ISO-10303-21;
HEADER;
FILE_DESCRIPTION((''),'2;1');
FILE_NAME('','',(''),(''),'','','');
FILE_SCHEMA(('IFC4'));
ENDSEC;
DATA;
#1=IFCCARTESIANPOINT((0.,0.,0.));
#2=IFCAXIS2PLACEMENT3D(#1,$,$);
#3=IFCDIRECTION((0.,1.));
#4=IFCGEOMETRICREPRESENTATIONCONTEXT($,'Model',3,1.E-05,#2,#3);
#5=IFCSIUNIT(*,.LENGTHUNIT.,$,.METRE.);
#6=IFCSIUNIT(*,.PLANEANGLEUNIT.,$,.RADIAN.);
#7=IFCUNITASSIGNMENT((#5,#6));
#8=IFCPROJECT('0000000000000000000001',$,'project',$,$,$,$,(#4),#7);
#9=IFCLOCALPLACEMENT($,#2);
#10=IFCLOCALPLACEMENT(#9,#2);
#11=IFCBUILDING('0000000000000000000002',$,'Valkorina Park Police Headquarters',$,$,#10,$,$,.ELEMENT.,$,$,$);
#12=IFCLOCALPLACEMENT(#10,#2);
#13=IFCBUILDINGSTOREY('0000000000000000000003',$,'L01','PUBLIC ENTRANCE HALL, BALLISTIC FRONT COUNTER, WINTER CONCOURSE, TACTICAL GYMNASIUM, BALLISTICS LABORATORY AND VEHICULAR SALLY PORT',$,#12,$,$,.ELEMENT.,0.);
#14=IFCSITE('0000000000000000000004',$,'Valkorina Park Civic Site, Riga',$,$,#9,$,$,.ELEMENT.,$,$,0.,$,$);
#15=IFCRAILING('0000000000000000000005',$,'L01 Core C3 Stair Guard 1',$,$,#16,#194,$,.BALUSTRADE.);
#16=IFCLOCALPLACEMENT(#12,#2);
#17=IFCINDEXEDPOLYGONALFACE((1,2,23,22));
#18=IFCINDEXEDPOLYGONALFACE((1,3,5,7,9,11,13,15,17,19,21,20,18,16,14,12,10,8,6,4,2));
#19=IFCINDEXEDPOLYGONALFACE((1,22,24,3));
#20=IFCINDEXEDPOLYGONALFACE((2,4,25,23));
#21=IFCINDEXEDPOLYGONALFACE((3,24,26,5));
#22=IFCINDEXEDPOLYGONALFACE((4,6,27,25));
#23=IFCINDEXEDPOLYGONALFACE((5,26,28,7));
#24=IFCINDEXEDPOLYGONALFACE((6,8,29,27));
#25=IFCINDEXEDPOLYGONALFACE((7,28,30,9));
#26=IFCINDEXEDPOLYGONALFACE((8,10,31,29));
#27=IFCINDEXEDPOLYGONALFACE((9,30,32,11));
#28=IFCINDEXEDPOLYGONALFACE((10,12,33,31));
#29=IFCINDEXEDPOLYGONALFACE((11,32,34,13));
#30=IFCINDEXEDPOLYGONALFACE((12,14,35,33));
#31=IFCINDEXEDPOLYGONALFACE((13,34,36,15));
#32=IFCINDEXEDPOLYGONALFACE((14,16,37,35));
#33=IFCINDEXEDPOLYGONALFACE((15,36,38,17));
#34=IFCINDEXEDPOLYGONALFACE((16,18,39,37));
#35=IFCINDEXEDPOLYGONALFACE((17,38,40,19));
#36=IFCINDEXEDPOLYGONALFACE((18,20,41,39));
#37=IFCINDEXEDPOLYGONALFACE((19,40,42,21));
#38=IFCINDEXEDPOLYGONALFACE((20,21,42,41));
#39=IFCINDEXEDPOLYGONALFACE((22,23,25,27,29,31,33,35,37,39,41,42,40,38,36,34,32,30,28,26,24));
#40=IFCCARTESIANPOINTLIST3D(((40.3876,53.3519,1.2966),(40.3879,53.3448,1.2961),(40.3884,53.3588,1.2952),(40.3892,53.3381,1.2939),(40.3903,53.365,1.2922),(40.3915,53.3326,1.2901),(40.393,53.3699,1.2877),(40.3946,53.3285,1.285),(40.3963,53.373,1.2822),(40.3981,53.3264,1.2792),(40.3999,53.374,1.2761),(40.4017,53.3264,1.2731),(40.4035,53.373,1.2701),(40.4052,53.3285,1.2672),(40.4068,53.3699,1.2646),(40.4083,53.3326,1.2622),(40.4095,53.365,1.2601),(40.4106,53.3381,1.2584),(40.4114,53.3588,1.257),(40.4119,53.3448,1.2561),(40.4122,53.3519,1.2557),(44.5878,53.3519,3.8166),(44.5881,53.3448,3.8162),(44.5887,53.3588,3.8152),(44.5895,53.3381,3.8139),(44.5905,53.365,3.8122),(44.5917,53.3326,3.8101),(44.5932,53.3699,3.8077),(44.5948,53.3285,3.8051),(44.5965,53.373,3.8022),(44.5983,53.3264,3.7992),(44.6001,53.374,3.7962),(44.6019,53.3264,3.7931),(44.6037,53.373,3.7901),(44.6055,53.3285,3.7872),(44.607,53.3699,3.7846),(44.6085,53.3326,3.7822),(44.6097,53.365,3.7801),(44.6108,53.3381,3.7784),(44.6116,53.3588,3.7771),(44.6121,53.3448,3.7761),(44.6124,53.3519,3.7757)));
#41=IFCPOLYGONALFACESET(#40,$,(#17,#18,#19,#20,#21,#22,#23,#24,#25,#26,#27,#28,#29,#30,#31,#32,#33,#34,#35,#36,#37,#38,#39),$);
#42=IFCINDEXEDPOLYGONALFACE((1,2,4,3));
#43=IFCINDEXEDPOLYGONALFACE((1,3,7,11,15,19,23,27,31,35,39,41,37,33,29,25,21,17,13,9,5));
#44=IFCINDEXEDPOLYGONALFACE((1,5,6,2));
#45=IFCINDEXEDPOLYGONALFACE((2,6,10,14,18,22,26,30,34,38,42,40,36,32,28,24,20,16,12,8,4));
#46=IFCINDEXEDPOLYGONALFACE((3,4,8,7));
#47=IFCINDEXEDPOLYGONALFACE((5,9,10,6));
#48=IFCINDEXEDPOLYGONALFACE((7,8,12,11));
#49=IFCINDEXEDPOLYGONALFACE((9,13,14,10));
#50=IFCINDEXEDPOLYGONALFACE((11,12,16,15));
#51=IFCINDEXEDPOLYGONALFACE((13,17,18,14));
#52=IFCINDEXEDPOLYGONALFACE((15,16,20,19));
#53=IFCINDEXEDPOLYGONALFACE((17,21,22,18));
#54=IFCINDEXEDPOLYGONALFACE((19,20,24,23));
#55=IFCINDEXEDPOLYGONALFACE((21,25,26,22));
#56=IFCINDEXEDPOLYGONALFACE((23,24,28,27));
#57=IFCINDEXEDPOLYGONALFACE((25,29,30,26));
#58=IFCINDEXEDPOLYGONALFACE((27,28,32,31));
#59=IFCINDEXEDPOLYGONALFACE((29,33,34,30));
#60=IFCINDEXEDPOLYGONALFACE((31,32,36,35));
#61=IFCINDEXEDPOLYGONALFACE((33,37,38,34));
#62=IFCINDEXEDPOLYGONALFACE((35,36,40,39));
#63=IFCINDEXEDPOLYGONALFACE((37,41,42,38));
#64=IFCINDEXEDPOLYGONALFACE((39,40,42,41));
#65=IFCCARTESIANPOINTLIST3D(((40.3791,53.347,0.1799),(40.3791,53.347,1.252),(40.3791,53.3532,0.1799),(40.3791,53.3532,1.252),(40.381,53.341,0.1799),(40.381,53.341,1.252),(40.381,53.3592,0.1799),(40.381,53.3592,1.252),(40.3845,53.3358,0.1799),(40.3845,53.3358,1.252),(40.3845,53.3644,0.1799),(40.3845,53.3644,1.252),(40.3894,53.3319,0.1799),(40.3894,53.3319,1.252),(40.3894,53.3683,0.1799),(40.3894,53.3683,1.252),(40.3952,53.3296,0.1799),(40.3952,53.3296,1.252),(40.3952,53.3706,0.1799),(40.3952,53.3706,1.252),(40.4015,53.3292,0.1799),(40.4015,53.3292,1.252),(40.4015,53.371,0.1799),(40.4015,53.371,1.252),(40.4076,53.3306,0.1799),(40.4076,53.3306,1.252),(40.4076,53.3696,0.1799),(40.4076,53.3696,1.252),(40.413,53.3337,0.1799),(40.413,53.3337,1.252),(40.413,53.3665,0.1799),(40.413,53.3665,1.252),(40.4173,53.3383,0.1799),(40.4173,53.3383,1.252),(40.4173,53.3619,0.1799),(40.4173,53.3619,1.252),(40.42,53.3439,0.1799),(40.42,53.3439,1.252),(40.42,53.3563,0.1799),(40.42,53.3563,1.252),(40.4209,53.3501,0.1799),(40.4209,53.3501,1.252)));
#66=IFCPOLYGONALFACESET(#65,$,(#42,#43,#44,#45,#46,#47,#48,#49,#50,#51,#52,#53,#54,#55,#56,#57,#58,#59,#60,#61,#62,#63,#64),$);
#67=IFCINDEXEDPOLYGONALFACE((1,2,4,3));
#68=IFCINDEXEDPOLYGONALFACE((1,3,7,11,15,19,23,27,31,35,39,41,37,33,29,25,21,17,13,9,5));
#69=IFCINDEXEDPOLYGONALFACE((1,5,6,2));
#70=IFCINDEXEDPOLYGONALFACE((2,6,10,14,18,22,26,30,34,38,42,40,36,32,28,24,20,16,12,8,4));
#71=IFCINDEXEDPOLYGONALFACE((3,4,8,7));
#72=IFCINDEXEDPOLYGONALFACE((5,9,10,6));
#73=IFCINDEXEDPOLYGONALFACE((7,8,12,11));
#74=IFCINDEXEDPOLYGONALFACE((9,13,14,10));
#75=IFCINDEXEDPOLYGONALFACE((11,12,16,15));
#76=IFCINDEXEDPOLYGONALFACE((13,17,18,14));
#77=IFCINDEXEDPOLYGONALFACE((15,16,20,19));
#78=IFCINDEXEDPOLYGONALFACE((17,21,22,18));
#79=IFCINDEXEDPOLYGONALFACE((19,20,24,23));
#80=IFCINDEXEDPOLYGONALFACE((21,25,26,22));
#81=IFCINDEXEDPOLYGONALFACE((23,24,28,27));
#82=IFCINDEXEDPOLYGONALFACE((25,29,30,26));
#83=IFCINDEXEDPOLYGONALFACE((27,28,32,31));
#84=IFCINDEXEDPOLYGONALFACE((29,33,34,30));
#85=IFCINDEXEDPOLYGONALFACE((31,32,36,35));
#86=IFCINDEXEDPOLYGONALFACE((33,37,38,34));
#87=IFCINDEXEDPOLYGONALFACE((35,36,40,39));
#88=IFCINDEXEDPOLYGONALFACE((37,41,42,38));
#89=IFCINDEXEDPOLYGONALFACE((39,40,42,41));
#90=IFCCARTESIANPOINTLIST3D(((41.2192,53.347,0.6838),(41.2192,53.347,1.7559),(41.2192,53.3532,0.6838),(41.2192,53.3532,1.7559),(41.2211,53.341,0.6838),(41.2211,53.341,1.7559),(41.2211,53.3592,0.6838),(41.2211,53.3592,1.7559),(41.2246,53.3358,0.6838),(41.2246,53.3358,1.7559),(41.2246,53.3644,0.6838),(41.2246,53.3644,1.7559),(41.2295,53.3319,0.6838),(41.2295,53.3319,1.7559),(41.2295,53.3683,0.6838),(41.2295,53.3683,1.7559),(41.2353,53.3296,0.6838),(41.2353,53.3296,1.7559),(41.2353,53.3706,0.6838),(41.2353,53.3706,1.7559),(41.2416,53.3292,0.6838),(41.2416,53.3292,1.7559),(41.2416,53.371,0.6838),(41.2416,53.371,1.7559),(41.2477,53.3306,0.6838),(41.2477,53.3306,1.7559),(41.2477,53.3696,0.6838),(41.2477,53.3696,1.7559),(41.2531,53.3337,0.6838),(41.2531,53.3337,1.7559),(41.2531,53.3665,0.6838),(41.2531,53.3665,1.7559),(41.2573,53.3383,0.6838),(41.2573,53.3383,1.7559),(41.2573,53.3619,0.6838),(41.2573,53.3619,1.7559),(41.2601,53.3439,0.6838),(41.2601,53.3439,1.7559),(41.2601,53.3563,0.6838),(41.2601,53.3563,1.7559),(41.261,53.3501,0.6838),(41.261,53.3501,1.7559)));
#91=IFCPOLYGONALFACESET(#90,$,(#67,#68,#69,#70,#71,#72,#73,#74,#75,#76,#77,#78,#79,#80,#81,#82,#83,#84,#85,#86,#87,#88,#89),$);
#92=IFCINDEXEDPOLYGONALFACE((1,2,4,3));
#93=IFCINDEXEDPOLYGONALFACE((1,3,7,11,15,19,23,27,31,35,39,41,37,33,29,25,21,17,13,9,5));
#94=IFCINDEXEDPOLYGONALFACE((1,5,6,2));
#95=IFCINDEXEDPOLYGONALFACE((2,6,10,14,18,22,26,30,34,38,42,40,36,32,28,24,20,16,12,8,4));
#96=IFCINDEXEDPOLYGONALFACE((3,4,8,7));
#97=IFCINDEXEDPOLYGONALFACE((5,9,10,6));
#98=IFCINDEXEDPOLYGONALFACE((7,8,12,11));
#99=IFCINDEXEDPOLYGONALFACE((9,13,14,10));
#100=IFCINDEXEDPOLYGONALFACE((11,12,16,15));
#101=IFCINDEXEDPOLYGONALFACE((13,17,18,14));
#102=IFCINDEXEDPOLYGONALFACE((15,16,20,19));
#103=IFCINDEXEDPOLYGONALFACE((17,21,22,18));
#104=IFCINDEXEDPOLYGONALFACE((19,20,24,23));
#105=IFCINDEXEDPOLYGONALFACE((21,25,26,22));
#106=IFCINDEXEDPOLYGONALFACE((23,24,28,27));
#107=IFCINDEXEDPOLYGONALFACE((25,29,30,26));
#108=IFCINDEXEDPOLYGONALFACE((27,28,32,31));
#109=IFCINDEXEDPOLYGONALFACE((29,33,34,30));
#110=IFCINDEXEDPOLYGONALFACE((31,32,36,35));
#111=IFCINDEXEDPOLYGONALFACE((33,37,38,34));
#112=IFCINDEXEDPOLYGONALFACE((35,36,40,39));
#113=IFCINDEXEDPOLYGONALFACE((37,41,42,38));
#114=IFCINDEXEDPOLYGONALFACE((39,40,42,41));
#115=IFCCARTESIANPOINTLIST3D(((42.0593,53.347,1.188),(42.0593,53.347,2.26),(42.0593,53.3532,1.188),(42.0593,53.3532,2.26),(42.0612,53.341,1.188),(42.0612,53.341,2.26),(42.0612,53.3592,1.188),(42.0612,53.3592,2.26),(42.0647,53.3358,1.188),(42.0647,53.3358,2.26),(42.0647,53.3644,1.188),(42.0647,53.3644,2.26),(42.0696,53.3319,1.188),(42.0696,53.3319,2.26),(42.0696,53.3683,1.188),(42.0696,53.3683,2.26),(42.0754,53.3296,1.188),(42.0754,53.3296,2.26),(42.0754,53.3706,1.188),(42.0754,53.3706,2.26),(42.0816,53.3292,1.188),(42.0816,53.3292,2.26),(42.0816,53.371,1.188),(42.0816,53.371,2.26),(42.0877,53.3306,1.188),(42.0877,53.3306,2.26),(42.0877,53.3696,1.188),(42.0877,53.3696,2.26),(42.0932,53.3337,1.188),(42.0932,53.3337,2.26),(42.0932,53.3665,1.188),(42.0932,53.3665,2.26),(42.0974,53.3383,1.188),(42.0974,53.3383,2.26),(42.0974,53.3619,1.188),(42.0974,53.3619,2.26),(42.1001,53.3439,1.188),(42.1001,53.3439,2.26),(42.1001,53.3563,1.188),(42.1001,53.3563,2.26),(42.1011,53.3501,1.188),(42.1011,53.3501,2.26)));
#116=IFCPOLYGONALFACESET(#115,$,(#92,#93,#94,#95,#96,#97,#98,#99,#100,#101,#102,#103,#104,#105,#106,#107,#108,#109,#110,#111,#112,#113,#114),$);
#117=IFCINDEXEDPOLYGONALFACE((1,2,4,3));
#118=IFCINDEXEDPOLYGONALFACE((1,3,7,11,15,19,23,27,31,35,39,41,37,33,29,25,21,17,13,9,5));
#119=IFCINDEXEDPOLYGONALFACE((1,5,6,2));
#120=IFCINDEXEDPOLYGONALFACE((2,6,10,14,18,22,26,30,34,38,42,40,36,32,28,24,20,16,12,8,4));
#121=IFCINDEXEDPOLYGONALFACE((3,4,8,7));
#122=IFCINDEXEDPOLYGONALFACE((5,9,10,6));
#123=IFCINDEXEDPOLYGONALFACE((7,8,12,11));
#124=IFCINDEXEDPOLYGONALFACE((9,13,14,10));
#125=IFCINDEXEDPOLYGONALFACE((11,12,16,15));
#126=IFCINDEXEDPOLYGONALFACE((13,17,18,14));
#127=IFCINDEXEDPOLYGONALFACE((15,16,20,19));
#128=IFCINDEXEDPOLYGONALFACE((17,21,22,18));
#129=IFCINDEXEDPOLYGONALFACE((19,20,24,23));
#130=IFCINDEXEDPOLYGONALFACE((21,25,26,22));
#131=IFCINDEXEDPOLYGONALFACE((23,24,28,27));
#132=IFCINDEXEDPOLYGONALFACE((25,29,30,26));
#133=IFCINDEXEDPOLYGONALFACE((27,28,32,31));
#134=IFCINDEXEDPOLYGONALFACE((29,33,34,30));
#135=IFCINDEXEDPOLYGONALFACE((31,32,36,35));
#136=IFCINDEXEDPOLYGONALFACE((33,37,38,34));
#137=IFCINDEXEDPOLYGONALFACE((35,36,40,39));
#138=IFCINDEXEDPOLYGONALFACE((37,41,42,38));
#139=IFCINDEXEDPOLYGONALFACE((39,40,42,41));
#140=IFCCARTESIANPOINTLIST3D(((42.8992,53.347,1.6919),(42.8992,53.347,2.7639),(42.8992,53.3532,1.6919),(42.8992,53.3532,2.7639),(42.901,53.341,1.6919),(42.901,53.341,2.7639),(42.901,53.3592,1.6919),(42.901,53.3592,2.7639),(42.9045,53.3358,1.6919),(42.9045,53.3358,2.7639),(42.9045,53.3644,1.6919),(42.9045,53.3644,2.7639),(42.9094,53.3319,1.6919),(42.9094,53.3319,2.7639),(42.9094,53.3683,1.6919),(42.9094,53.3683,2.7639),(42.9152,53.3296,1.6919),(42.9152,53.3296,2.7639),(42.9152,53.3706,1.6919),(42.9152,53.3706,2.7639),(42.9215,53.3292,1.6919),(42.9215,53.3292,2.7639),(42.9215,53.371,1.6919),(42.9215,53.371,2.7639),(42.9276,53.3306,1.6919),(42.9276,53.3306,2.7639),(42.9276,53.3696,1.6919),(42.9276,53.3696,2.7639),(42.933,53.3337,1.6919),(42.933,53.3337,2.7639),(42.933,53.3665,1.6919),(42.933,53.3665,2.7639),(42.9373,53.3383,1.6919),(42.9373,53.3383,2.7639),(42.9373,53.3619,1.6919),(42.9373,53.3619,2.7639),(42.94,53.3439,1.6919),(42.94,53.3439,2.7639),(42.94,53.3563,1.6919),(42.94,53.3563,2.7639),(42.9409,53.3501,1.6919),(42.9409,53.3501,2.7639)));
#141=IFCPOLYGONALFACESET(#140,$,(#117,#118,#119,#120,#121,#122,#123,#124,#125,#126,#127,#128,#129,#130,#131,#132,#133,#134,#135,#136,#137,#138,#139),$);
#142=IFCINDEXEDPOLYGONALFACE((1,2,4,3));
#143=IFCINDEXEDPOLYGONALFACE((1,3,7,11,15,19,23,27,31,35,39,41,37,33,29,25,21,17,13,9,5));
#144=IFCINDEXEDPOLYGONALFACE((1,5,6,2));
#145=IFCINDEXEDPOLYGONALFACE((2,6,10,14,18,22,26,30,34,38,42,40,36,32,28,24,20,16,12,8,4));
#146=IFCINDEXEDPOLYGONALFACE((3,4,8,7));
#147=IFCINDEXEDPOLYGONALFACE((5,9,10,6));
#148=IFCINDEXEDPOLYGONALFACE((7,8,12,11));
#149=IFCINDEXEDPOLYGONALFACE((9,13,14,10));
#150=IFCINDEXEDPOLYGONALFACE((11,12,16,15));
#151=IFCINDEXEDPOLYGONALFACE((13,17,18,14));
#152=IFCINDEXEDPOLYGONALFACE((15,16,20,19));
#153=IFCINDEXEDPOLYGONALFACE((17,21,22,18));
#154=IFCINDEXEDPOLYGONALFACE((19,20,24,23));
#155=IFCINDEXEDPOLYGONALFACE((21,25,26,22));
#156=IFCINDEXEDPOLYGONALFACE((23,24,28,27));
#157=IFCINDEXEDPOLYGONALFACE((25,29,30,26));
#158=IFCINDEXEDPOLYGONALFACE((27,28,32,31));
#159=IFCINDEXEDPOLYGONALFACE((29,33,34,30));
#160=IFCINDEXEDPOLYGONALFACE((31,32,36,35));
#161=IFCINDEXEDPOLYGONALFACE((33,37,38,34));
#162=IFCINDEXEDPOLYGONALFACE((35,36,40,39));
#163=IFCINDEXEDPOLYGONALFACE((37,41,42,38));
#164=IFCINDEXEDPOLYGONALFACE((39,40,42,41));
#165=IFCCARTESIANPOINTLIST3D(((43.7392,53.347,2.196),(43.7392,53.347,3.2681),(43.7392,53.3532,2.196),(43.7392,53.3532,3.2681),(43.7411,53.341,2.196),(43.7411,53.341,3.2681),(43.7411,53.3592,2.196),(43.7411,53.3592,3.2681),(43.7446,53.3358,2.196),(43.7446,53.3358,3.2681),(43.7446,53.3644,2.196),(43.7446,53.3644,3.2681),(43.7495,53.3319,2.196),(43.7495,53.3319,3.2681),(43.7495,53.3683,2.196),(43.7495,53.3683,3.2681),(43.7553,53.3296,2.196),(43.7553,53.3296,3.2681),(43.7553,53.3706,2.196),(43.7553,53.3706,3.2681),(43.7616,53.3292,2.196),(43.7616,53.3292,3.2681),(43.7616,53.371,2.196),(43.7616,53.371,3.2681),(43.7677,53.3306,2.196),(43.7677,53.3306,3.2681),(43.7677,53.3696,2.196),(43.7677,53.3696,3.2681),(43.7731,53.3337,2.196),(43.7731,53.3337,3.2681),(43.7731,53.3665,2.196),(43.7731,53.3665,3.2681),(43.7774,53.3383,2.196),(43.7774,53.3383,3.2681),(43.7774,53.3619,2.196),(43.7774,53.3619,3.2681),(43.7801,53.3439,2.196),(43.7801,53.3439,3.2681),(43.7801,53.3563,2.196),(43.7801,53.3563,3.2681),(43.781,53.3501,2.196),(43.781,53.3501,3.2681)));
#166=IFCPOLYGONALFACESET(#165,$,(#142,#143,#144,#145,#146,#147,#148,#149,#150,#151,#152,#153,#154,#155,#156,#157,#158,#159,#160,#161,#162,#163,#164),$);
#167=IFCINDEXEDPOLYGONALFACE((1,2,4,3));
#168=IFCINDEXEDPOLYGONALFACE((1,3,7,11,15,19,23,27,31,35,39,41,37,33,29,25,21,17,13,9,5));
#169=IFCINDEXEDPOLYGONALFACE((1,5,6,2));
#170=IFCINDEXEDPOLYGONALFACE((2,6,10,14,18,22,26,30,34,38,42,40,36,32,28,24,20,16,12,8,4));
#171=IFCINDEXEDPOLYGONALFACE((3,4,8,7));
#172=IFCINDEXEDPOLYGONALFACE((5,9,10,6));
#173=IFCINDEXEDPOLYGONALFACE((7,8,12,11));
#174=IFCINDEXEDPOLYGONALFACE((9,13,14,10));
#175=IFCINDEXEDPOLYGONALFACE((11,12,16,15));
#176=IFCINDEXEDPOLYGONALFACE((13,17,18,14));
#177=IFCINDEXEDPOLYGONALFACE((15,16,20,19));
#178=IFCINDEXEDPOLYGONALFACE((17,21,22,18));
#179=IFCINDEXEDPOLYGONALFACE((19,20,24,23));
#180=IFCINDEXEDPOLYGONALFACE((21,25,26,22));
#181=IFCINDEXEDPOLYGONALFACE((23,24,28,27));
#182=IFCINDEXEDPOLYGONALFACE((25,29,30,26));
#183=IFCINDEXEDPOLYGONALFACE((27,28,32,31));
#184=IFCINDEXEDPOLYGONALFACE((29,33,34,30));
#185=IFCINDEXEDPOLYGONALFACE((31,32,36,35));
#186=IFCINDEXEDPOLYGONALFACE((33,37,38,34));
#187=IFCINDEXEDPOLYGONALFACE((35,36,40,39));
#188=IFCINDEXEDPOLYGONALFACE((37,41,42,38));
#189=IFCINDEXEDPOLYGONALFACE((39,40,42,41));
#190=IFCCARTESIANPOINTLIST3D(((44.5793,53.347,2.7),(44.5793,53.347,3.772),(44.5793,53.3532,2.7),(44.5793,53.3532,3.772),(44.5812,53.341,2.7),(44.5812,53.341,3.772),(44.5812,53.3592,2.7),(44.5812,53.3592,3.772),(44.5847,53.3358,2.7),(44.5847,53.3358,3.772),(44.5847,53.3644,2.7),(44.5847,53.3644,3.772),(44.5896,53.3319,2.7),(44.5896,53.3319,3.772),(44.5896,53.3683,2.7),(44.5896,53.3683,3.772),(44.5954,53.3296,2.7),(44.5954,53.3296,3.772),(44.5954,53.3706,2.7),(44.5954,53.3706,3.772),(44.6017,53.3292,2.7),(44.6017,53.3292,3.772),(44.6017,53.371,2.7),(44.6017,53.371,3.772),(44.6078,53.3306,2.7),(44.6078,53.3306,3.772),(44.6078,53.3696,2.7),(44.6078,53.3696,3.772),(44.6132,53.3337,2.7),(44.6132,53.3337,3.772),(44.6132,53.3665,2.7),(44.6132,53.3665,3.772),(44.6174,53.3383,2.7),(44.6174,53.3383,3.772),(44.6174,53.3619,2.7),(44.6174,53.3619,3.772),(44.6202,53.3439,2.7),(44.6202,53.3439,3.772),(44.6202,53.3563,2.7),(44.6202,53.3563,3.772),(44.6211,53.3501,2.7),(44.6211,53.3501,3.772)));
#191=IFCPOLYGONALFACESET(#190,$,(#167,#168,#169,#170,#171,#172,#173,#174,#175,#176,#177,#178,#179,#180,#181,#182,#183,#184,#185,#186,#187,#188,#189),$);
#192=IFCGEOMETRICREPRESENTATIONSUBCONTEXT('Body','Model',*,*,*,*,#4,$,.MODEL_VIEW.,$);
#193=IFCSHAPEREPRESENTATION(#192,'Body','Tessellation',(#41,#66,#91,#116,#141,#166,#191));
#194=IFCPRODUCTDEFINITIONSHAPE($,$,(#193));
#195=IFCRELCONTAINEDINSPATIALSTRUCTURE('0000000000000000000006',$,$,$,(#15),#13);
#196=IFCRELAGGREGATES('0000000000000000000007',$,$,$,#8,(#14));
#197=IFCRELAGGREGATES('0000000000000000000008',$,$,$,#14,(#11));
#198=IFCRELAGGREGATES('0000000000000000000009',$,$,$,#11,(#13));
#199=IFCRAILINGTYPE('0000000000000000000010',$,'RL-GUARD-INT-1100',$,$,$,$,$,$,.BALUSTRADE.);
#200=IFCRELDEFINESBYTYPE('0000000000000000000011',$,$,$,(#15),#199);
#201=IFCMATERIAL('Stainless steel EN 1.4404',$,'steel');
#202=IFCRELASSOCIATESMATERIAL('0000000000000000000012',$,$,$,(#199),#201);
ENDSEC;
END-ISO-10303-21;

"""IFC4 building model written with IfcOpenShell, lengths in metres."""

from ifc_helpers import new_model, si_unit, direction, frame, origin, origin_2d, place, context, subcontext, project, spatial, circle, extrude, material, type_object, element, save


model = new_model("IFC4")

# Units and contexts
model_context = context("Model", 3, precision=1e-05, world=origin(), true_north=direction((0.0, 1.0)))
body_context = subcontext(model_context, "Body", "Model", "MODEL_VIEW")
ifc_project = project(units=[si_unit("LENGTHUNIT", "METRE"), si_unit("PLANEANGLEUNIT", "RADIAN")], contexts=[model_context])

# Site, building, storey
site_placement = place(None, origin())
site = spatial("IfcSite", under=ifc_project, at=site_placement, Name="Valkorina Park Civic Site, Riga", CompositionType="ELEMENT", RefElevation=0.0)
building_placement = place(site_placement, origin())
building = spatial("IfcBuilding", under=site, at=building_placement, Name="Valkorina Park Police Headquarters", CompositionType="ELEMENT")
storey_placement = place(building_placement, origin())
storey = spatial("IfcBuildingStorey", under=building, at=storey_placement, Name="L01", Description="PUBLIC ENTRANCE HALL, BALLISTIC FRONT COUNTER, WINTER CONCOURSE, TACTICAL GYMNASIUM, BALLISTICS LABORATORY AND VEHICULAR SALLY PORT", CompositionType="ELEMENT", Elevation=0.0)

# Shared definitions
ifc_material_1 = material(Name="Stainless steel EN 1.4404", Category="steel")

# Railing
railing_type_1 = type_object("IfcRailingType", Name="RL-GUARD-INT-1100", PredefinedType="BALUSTRADE", material=ifc_material_1)
railing_1_placement = place(storey_placement, frame((40.3999, 53.3501, 0.1799)))
element("IfcRailing", 1, at=railing_1_placement, inside=storey, type_object=railing_type_1, Name="L01 Core C3 Stair Guard 1", PredefinedType="BALUSTRADE", context=body_context, shape_type="SweptSolid", body=[
    extrude(circle(Radius=0.0239, at=origin_2d()), frame((0.0, 0.0, 1.0962), z_axis=(0.857502, 0.0, 0.514481), x_axis=(0.0, 1.0, 0.0)), (0.0, 0.0, 1.0), 4.8982),
    extrude(circle(Radius=0.021, at=origin_2d()), origin(), (0.0, 0.0, 1.0), 1.072),
    extrude(circle(Radius=0.021, at=origin_2d()), frame((0.8401, 0.0, 0.5039)), (0.0, 0.0, 1.0), 1.072),
    extrude(circle(Radius=0.021, at=origin_2d()), frame((1.6802, 0.0, 1.0081)), (0.0, 0.0, 1.0), 1.072),
    extrude(circle(Radius=0.021, at=origin_2d()), frame((2.52, 0.0, 1.512)), (0.0, 0.0, 1.0), 1.072),
    extrude(circle(Radius=0.021, at=origin_2d()), frame((3.3601, 0.0, 2.0161)), (0.0, 0.0, 1.0), 1.072),
    extrude(circle(Radius=0.021, at=origin_2d()), frame((4.2002, 0.0, 2.52)), (0.0, 0.0, 1.0), 1.072),
])

save(model, "model.ifc")
